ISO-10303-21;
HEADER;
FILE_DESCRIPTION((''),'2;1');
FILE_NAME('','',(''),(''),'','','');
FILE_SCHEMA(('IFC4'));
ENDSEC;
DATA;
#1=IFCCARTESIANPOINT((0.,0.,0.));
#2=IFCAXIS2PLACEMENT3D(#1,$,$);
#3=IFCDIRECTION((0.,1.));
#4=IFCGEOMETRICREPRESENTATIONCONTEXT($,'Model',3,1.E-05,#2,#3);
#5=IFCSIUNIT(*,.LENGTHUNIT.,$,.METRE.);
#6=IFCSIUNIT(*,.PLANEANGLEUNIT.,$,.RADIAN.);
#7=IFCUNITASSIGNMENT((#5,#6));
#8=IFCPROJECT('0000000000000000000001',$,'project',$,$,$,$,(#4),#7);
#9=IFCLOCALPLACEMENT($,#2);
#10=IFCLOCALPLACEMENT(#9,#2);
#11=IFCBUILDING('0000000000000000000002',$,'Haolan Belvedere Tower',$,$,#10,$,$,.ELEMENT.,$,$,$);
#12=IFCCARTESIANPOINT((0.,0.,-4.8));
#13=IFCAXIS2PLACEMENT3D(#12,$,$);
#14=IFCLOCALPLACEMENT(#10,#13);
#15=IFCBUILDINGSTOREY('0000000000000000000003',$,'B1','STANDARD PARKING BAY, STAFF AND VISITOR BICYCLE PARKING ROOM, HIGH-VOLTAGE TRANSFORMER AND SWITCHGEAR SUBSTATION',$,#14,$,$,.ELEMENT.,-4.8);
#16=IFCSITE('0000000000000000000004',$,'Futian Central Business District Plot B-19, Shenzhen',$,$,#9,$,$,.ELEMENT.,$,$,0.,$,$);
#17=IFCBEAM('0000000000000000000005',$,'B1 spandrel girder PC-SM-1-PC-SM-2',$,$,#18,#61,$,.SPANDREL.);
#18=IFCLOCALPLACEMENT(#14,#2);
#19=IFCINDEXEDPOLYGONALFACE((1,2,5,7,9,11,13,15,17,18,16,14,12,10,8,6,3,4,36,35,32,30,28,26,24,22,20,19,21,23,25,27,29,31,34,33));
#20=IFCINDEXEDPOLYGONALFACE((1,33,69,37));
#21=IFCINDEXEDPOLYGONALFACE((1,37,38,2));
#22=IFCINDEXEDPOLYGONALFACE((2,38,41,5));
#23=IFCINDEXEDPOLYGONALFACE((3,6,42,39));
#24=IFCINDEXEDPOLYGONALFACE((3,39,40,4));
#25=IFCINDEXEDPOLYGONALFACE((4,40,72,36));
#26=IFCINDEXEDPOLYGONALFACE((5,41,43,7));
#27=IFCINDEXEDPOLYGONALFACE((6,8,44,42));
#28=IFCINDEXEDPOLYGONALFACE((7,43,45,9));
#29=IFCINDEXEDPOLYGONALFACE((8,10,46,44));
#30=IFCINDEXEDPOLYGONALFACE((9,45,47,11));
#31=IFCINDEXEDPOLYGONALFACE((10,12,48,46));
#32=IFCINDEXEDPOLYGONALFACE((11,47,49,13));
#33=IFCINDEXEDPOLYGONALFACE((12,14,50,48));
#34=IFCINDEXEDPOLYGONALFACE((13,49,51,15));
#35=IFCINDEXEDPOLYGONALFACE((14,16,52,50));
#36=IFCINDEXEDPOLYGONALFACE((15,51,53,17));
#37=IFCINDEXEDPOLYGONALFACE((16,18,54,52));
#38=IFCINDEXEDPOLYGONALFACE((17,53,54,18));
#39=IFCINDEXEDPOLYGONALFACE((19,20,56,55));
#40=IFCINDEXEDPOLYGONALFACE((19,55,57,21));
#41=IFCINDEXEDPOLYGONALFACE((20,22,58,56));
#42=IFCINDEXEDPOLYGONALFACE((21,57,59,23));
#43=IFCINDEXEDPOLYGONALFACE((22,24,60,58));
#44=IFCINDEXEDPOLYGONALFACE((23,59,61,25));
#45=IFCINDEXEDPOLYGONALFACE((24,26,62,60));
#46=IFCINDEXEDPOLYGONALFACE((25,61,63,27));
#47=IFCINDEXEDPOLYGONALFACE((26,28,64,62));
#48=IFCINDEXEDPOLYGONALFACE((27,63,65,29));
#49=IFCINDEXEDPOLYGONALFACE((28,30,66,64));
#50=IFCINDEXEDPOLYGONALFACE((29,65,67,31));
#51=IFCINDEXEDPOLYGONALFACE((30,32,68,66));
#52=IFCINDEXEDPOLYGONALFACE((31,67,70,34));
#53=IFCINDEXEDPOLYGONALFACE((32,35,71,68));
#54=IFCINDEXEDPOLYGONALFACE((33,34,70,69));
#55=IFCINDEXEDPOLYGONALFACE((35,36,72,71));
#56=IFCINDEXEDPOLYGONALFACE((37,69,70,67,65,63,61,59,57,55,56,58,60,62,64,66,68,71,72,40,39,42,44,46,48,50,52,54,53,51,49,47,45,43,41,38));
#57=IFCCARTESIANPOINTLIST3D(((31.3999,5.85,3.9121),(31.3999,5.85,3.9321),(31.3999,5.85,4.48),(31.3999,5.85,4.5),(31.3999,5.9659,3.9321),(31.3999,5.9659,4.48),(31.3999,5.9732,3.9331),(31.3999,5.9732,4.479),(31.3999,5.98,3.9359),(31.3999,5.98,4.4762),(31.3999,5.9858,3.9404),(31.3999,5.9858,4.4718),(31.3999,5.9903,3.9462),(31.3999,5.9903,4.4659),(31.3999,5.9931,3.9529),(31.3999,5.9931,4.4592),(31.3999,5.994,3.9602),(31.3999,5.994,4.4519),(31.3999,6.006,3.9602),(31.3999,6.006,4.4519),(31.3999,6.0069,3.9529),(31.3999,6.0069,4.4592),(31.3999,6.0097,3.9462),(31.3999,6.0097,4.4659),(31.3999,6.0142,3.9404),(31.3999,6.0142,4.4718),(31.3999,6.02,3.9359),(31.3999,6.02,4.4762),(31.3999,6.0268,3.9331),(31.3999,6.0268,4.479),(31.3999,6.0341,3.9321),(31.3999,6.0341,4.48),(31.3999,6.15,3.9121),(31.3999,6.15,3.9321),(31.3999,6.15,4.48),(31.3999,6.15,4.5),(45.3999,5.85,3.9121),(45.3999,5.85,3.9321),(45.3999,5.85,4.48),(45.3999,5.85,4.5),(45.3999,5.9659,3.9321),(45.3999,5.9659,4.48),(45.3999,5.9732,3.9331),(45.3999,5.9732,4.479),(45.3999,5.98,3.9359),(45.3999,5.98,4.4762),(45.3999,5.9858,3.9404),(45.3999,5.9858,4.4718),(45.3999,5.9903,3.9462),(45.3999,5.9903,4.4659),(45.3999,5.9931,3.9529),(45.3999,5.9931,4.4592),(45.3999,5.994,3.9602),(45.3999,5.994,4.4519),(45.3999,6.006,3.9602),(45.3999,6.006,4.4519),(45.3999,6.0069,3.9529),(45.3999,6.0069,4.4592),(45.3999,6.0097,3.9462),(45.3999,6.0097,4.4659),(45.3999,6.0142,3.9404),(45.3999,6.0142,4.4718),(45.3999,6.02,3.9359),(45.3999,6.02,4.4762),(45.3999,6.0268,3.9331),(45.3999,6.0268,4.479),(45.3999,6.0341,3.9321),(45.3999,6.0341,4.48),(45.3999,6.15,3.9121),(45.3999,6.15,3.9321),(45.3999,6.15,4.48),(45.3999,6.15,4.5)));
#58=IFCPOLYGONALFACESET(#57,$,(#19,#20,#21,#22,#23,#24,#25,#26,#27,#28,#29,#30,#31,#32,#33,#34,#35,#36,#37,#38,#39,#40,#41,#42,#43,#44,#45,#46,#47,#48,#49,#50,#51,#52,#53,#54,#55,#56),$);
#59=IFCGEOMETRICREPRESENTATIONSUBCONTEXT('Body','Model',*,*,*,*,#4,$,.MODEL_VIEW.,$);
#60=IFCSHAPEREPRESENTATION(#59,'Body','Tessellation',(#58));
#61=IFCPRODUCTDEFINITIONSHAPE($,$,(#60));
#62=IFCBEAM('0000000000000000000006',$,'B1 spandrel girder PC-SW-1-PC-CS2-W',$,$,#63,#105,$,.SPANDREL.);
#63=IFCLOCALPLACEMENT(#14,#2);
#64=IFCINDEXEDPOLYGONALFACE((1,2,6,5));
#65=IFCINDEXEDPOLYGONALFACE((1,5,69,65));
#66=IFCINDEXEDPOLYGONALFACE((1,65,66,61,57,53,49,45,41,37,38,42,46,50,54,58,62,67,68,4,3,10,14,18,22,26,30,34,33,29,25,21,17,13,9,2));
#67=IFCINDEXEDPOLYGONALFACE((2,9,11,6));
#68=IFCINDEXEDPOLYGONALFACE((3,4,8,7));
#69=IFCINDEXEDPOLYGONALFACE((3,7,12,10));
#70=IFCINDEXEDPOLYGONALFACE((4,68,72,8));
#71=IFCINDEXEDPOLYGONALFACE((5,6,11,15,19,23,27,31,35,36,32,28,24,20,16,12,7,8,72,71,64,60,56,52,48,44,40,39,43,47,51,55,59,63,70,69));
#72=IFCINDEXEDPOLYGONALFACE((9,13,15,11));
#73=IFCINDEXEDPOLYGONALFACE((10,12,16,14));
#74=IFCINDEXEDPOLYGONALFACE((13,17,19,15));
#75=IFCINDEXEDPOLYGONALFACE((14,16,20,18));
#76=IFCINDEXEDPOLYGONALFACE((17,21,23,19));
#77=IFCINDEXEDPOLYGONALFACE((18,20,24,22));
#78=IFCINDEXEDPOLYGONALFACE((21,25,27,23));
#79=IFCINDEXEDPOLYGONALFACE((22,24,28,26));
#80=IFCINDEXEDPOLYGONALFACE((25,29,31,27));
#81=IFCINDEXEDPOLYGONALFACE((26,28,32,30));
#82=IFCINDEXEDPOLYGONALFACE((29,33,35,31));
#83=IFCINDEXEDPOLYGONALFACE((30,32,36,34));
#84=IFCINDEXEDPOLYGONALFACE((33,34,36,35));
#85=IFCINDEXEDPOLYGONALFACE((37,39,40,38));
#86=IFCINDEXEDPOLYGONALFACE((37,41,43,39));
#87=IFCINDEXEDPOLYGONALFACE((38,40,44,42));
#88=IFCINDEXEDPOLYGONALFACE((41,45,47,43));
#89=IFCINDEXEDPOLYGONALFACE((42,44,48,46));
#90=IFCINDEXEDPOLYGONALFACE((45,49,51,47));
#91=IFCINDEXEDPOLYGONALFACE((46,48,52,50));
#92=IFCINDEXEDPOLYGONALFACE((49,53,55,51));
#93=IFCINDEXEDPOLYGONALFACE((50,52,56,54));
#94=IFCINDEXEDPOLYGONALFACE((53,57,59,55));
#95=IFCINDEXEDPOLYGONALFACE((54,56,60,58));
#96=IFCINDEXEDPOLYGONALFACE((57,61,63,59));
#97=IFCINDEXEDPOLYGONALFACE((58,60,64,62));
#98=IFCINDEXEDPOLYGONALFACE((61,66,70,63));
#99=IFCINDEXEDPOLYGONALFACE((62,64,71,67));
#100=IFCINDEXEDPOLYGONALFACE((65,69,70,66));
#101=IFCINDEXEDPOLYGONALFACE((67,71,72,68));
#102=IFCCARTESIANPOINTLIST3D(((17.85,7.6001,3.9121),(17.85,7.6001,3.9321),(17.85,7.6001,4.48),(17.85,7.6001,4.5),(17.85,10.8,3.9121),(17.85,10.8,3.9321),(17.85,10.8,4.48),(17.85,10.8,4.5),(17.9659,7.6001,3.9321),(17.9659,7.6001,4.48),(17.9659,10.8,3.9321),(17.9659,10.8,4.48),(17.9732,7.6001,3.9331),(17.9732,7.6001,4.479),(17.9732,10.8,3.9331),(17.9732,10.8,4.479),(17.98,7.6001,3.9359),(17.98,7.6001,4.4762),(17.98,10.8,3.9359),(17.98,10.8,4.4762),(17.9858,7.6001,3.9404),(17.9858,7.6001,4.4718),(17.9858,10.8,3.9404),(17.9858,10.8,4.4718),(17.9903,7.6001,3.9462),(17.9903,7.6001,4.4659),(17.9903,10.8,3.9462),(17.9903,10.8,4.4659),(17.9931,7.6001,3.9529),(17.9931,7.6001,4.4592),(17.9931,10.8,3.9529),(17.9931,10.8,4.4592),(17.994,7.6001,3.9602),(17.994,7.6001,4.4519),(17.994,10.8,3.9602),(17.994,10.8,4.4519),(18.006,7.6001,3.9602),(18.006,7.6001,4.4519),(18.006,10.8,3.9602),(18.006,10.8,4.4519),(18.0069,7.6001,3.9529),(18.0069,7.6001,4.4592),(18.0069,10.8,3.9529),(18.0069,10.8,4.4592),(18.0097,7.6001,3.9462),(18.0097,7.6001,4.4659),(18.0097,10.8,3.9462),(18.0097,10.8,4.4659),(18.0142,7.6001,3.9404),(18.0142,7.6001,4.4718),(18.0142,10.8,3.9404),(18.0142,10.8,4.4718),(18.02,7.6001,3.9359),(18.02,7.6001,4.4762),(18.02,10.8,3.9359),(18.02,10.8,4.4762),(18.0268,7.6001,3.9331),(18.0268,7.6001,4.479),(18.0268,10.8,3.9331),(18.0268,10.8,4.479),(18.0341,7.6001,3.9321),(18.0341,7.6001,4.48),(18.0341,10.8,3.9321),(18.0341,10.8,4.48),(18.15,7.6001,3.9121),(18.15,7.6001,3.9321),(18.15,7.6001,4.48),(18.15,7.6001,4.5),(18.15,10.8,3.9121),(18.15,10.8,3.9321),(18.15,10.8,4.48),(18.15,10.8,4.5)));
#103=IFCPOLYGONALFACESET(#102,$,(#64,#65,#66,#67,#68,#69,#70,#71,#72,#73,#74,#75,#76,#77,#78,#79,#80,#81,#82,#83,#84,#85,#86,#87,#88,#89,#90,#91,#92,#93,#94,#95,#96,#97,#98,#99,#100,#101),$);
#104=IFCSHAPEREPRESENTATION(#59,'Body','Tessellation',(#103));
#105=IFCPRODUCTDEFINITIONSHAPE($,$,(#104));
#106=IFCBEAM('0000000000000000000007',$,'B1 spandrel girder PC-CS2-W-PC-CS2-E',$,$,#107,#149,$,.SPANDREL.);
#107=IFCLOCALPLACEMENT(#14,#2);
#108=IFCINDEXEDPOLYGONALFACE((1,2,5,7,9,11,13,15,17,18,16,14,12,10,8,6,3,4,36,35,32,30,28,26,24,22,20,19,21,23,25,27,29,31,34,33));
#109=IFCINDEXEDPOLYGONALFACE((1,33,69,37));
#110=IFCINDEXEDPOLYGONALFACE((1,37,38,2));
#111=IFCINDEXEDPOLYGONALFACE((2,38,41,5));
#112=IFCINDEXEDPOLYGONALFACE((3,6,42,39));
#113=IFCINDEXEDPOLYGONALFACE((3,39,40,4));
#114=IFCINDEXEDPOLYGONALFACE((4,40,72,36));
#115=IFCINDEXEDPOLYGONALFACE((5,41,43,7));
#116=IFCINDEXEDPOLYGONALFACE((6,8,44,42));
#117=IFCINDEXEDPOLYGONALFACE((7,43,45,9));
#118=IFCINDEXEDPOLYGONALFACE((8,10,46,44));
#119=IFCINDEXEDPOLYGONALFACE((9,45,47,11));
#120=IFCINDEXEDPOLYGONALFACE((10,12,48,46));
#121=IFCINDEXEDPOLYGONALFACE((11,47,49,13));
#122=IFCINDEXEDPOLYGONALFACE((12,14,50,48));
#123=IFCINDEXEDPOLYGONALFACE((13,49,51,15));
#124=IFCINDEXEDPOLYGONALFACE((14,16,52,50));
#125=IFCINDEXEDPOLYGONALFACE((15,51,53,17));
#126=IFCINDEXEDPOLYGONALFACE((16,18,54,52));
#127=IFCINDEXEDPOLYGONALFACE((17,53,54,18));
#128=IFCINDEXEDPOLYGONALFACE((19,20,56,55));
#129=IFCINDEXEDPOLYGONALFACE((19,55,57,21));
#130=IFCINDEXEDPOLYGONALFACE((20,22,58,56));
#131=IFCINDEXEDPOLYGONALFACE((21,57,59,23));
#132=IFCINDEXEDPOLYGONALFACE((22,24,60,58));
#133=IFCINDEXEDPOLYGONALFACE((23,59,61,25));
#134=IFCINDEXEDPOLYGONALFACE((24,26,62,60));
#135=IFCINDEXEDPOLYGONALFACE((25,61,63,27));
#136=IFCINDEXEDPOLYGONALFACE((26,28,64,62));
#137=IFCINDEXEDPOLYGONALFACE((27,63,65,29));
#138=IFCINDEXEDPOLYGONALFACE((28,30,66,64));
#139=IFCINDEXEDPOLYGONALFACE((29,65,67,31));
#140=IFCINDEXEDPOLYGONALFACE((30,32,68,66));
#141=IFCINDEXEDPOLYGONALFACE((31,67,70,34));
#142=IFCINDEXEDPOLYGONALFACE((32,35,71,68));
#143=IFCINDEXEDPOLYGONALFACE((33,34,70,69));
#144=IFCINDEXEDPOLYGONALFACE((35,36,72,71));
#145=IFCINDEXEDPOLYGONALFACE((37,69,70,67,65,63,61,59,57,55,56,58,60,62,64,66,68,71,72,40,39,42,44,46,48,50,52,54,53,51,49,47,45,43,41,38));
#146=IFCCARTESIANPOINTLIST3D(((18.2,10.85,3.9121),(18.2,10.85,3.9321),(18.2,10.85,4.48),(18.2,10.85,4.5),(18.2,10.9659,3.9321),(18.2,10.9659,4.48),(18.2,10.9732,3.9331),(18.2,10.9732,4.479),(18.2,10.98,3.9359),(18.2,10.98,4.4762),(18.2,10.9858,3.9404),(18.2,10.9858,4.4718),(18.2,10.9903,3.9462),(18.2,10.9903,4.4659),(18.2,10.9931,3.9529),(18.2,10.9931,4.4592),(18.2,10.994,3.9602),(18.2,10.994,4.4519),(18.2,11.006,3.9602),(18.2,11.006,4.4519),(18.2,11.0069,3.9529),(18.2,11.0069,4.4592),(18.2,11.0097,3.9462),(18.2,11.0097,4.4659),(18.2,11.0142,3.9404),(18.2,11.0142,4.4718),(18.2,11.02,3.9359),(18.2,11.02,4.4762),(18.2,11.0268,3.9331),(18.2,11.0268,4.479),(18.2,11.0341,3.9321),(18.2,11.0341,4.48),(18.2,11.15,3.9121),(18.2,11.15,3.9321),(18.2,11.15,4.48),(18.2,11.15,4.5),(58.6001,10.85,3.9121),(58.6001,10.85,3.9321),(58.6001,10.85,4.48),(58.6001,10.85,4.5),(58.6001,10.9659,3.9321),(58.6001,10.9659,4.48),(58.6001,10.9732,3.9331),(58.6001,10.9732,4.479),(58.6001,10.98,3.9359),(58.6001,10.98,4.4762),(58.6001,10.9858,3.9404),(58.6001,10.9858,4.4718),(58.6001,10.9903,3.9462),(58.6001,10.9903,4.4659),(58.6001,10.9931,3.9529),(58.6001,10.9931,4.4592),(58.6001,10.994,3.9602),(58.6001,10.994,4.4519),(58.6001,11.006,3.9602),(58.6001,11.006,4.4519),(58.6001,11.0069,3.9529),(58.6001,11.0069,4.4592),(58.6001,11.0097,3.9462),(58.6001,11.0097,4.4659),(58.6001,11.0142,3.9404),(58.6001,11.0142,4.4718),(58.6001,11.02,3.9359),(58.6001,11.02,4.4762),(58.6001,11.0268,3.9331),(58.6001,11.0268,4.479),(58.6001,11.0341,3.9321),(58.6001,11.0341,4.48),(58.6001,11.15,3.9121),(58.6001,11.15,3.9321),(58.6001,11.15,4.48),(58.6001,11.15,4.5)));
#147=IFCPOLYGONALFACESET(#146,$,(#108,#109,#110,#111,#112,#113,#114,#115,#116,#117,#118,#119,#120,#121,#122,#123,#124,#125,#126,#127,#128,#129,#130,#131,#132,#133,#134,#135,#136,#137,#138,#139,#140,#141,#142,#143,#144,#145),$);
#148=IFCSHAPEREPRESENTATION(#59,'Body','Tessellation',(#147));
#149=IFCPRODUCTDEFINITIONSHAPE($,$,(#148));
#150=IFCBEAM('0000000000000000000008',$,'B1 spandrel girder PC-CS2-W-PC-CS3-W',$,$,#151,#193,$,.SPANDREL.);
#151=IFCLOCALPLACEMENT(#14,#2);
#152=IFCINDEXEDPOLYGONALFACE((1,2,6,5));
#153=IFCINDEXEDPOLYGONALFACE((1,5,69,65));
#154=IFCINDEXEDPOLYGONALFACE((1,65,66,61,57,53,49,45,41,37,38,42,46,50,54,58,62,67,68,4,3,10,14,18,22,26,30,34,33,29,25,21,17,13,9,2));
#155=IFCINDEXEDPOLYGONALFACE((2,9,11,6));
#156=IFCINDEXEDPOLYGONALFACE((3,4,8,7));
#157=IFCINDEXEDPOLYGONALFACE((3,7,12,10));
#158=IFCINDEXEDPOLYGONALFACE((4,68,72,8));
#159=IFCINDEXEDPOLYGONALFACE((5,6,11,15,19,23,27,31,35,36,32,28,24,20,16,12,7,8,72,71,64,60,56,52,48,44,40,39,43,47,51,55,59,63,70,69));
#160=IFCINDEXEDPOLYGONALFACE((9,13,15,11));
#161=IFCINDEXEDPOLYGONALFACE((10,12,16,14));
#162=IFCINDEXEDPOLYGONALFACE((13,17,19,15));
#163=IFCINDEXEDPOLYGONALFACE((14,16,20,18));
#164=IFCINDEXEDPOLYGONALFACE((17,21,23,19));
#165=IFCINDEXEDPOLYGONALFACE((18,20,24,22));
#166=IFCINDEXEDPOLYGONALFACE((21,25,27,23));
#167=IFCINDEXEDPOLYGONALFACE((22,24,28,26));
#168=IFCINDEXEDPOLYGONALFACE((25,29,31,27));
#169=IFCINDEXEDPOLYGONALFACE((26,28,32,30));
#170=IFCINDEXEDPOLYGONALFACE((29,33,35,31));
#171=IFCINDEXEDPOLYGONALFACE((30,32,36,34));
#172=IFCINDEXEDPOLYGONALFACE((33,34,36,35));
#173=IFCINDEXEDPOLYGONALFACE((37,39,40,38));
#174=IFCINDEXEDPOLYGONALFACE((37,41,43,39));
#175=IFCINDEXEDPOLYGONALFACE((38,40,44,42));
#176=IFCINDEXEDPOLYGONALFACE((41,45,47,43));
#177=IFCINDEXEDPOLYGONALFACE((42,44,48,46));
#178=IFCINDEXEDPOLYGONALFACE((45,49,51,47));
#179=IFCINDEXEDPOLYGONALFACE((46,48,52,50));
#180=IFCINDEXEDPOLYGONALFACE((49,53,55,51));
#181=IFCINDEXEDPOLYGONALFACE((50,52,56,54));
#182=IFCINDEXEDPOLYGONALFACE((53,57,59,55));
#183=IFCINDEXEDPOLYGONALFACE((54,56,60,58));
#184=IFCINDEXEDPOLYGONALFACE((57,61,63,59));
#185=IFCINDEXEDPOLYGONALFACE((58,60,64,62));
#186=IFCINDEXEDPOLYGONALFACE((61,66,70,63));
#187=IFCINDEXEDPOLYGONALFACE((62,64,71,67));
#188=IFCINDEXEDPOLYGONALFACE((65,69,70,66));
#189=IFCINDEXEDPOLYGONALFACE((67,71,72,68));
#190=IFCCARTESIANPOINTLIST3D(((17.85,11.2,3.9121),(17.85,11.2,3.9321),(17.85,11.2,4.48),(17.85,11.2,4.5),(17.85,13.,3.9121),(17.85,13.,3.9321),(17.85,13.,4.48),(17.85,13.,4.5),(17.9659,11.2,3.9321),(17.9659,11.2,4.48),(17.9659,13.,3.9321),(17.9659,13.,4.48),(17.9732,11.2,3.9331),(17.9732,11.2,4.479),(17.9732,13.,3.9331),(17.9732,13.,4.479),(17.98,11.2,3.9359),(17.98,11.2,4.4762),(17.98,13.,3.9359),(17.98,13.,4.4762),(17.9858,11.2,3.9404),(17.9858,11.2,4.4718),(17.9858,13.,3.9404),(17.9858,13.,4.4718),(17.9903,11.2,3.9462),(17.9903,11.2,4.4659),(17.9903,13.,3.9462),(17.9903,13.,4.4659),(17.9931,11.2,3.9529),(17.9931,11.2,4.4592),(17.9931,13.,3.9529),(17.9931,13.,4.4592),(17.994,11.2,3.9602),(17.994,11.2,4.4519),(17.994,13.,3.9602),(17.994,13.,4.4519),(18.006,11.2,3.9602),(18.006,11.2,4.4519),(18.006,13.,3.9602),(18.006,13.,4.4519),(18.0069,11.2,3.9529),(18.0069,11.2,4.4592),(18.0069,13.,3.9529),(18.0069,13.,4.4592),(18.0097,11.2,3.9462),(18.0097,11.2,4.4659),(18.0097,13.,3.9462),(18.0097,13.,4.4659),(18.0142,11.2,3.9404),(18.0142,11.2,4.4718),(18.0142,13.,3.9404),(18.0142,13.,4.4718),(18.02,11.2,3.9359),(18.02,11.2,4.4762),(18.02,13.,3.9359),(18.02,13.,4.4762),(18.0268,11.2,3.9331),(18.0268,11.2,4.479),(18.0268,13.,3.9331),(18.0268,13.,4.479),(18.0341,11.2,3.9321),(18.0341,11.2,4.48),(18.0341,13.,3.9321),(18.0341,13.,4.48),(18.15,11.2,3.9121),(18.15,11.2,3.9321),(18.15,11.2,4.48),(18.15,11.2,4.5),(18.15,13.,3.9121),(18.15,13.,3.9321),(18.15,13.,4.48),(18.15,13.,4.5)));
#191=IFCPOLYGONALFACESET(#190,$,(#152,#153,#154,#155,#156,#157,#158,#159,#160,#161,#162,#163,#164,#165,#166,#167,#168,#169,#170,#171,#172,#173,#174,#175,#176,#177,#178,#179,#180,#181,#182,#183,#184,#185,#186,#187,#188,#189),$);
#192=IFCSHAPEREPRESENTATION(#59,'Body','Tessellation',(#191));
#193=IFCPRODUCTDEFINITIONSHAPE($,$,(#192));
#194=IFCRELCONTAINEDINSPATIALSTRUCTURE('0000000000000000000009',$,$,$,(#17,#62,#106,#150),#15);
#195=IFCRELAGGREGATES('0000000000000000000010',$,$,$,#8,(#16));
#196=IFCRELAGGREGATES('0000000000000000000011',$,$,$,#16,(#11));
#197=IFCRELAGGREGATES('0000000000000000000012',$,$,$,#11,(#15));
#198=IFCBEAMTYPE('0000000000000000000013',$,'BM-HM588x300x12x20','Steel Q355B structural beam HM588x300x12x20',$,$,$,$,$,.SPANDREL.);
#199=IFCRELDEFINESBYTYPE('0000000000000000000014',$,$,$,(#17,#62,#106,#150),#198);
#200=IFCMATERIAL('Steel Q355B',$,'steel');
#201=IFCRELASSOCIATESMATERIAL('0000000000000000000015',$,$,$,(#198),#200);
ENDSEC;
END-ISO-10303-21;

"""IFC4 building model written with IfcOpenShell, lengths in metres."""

from ifc_helpers import new_model, si_unit, direction, frame, origin, origin_2d, place, context, subcontext, project, spatial, i_section, extrude, material, material_profile, profile_set, type_object, element, save


model = new_model("IFC4")

# Units and contexts
model_context = context("Model", 3, precision=1e-05, world=origin(), true_north=direction((0.0, 1.0)))
body_context = subcontext(model_context, "Body", "Model", "MODEL_VIEW")
ifc_project = project(units=[si_unit("LENGTHUNIT", "METRE"), si_unit("PLANEANGLEUNIT", "RADIAN")], contexts=[model_context])

# Site, building, storey
site_placement = place(None, origin())
site = spatial("IfcSite", under=ifc_project, at=site_placement, Name="Futian Central Business District Plot B-19, Shenzhen", CompositionType="ELEMENT", RefElevation=0.0)
building_placement = place(site_placement, origin())
building = spatial("IfcBuilding", under=site, at=building_placement, Name="Haolan Belvedere Tower", CompositionType="ELEMENT")
storey_placement = place(building_placement, frame((0.0, 0.0, -4.8)))
storey = spatial("IfcBuildingStorey", under=building, at=storey_placement, Name="B1", Description="STANDARD PARKING BAY, STAFF AND VISITOR BICYCLE PARKING ROOM, HIGH-VOLTAGE TRANSFORMER AND SWITCHGEAR SUBSTATION", CompositionType="ELEMENT", Elevation=-4.8)

# Shared definitions
ifc_material_1 = material(Name="Steel Q355B", Category="steel")

# Beams
ifc_material_profile_1 = material_profile(ifc_material_1, i_section(OverallWidth=0.3, OverallDepth=0.5879, WebThickness=0.012, FlangeThickness=0.02, FilletRadius=0.0281, at=origin_2d()), Name="Steel Q355B")
ifc_profile_set_1 = profile_set([ifc_material_profile_1], Name="Steel Q355B")
beam_type_1 = type_object("IfcBeamType", Name="BM-HM588x300x12x20", Description="Steel Q355B structural beam HM588x300x12x20", PredefinedType="SPANDREL", material=ifc_profile_set_1)
beam_1_placement = place(storey_placement, frame((31.3999, 6.0, 4.2061), z_axis=(1.0, 0.0, 0.0), x_axis=(0.0, 1.0, 0.0)))
element("IfcBeam", 1, at=beam_1_placement, inside=storey, type_object=beam_type_1, Name="B1 spandrel girder PC-SM-1-PC-SM-2", PredefinedType="SPANDREL", context=body_context, shape_type="SweptSolid", body=[
    extrude(i_section(OverallWidth=0.3, OverallDepth=0.5879, WebThickness=0.012, FlangeThickness=0.02, FilletRadius=0.0281, at=origin_2d()), origin(), (0.0, 0.0, 1.0), 14.0),
])
beam_2_placement = place(storey_placement, frame((18.0, 7.6001, 4.2061), z_axis=(0.0, 1.0, 0.0), x_axis=(-1.0, 0.0, 0.0)))
element("IfcBeam", 2, at=beam_2_placement, inside=storey, type_object=beam_type_1, Name="B1 spandrel girder PC-SW-1-PC-CS2-W", PredefinedType="SPANDREL", context=body_context, shape_type="SweptSolid", body=[
    extrude(i_section(OverallWidth=0.3, OverallDepth=0.5879, WebThickness=0.012, FlangeThickness=0.02, FilletRadius=0.0281, at=origin_2d()), origin(), (0.0, 0.0, 1.0), 3.2),
])
beam_3_placement = place(storey_placement, frame((18.2, 11.0, 4.2061), z_axis=(1.0, 0.0, 0.0), x_axis=(0.0, 1.0, 0.0)))
element("IfcBeam", 3, at=beam_3_placement, inside=storey, type_object=beam_type_1, Name="B1 spandrel girder PC-CS2-W-PC-CS2-E", PredefinedType="SPANDREL", context=body_context, shape_type="SweptSolid", body=[
    extrude(i_section(OverallWidth=0.3, OverallDepth=0.5879, WebThickness=0.012, FlangeThickness=0.02, FilletRadius=0.0281, at=origin_2d()), origin(), (0.0, 0.0, 1.0), 40.4001),
])
beam_4_placement = place(storey_placement, frame((18.0, 11.2, 4.2061), z_axis=(0.0, 1.0, 0.0), x_axis=(-1.0, 0.0, 0.0)))
element("IfcBeam", 4, at=beam_4_placement, inside=storey, type_object=beam_type_1, Name="B1 spandrel girder PC-CS2-W-PC-CS3-W", PredefinedType="SPANDREL", context=body_context, shape_type="SweptSolid", body=[
    extrude(i_section(OverallWidth=0.3, OverallDepth=0.5879, WebThickness=0.012, FlangeThickness=0.02, FilletRadius=0.0281, at=origin_2d()), origin(), (0.0, 0.0, 1.0), 1.8),
])

save(model, "model.ifc")
